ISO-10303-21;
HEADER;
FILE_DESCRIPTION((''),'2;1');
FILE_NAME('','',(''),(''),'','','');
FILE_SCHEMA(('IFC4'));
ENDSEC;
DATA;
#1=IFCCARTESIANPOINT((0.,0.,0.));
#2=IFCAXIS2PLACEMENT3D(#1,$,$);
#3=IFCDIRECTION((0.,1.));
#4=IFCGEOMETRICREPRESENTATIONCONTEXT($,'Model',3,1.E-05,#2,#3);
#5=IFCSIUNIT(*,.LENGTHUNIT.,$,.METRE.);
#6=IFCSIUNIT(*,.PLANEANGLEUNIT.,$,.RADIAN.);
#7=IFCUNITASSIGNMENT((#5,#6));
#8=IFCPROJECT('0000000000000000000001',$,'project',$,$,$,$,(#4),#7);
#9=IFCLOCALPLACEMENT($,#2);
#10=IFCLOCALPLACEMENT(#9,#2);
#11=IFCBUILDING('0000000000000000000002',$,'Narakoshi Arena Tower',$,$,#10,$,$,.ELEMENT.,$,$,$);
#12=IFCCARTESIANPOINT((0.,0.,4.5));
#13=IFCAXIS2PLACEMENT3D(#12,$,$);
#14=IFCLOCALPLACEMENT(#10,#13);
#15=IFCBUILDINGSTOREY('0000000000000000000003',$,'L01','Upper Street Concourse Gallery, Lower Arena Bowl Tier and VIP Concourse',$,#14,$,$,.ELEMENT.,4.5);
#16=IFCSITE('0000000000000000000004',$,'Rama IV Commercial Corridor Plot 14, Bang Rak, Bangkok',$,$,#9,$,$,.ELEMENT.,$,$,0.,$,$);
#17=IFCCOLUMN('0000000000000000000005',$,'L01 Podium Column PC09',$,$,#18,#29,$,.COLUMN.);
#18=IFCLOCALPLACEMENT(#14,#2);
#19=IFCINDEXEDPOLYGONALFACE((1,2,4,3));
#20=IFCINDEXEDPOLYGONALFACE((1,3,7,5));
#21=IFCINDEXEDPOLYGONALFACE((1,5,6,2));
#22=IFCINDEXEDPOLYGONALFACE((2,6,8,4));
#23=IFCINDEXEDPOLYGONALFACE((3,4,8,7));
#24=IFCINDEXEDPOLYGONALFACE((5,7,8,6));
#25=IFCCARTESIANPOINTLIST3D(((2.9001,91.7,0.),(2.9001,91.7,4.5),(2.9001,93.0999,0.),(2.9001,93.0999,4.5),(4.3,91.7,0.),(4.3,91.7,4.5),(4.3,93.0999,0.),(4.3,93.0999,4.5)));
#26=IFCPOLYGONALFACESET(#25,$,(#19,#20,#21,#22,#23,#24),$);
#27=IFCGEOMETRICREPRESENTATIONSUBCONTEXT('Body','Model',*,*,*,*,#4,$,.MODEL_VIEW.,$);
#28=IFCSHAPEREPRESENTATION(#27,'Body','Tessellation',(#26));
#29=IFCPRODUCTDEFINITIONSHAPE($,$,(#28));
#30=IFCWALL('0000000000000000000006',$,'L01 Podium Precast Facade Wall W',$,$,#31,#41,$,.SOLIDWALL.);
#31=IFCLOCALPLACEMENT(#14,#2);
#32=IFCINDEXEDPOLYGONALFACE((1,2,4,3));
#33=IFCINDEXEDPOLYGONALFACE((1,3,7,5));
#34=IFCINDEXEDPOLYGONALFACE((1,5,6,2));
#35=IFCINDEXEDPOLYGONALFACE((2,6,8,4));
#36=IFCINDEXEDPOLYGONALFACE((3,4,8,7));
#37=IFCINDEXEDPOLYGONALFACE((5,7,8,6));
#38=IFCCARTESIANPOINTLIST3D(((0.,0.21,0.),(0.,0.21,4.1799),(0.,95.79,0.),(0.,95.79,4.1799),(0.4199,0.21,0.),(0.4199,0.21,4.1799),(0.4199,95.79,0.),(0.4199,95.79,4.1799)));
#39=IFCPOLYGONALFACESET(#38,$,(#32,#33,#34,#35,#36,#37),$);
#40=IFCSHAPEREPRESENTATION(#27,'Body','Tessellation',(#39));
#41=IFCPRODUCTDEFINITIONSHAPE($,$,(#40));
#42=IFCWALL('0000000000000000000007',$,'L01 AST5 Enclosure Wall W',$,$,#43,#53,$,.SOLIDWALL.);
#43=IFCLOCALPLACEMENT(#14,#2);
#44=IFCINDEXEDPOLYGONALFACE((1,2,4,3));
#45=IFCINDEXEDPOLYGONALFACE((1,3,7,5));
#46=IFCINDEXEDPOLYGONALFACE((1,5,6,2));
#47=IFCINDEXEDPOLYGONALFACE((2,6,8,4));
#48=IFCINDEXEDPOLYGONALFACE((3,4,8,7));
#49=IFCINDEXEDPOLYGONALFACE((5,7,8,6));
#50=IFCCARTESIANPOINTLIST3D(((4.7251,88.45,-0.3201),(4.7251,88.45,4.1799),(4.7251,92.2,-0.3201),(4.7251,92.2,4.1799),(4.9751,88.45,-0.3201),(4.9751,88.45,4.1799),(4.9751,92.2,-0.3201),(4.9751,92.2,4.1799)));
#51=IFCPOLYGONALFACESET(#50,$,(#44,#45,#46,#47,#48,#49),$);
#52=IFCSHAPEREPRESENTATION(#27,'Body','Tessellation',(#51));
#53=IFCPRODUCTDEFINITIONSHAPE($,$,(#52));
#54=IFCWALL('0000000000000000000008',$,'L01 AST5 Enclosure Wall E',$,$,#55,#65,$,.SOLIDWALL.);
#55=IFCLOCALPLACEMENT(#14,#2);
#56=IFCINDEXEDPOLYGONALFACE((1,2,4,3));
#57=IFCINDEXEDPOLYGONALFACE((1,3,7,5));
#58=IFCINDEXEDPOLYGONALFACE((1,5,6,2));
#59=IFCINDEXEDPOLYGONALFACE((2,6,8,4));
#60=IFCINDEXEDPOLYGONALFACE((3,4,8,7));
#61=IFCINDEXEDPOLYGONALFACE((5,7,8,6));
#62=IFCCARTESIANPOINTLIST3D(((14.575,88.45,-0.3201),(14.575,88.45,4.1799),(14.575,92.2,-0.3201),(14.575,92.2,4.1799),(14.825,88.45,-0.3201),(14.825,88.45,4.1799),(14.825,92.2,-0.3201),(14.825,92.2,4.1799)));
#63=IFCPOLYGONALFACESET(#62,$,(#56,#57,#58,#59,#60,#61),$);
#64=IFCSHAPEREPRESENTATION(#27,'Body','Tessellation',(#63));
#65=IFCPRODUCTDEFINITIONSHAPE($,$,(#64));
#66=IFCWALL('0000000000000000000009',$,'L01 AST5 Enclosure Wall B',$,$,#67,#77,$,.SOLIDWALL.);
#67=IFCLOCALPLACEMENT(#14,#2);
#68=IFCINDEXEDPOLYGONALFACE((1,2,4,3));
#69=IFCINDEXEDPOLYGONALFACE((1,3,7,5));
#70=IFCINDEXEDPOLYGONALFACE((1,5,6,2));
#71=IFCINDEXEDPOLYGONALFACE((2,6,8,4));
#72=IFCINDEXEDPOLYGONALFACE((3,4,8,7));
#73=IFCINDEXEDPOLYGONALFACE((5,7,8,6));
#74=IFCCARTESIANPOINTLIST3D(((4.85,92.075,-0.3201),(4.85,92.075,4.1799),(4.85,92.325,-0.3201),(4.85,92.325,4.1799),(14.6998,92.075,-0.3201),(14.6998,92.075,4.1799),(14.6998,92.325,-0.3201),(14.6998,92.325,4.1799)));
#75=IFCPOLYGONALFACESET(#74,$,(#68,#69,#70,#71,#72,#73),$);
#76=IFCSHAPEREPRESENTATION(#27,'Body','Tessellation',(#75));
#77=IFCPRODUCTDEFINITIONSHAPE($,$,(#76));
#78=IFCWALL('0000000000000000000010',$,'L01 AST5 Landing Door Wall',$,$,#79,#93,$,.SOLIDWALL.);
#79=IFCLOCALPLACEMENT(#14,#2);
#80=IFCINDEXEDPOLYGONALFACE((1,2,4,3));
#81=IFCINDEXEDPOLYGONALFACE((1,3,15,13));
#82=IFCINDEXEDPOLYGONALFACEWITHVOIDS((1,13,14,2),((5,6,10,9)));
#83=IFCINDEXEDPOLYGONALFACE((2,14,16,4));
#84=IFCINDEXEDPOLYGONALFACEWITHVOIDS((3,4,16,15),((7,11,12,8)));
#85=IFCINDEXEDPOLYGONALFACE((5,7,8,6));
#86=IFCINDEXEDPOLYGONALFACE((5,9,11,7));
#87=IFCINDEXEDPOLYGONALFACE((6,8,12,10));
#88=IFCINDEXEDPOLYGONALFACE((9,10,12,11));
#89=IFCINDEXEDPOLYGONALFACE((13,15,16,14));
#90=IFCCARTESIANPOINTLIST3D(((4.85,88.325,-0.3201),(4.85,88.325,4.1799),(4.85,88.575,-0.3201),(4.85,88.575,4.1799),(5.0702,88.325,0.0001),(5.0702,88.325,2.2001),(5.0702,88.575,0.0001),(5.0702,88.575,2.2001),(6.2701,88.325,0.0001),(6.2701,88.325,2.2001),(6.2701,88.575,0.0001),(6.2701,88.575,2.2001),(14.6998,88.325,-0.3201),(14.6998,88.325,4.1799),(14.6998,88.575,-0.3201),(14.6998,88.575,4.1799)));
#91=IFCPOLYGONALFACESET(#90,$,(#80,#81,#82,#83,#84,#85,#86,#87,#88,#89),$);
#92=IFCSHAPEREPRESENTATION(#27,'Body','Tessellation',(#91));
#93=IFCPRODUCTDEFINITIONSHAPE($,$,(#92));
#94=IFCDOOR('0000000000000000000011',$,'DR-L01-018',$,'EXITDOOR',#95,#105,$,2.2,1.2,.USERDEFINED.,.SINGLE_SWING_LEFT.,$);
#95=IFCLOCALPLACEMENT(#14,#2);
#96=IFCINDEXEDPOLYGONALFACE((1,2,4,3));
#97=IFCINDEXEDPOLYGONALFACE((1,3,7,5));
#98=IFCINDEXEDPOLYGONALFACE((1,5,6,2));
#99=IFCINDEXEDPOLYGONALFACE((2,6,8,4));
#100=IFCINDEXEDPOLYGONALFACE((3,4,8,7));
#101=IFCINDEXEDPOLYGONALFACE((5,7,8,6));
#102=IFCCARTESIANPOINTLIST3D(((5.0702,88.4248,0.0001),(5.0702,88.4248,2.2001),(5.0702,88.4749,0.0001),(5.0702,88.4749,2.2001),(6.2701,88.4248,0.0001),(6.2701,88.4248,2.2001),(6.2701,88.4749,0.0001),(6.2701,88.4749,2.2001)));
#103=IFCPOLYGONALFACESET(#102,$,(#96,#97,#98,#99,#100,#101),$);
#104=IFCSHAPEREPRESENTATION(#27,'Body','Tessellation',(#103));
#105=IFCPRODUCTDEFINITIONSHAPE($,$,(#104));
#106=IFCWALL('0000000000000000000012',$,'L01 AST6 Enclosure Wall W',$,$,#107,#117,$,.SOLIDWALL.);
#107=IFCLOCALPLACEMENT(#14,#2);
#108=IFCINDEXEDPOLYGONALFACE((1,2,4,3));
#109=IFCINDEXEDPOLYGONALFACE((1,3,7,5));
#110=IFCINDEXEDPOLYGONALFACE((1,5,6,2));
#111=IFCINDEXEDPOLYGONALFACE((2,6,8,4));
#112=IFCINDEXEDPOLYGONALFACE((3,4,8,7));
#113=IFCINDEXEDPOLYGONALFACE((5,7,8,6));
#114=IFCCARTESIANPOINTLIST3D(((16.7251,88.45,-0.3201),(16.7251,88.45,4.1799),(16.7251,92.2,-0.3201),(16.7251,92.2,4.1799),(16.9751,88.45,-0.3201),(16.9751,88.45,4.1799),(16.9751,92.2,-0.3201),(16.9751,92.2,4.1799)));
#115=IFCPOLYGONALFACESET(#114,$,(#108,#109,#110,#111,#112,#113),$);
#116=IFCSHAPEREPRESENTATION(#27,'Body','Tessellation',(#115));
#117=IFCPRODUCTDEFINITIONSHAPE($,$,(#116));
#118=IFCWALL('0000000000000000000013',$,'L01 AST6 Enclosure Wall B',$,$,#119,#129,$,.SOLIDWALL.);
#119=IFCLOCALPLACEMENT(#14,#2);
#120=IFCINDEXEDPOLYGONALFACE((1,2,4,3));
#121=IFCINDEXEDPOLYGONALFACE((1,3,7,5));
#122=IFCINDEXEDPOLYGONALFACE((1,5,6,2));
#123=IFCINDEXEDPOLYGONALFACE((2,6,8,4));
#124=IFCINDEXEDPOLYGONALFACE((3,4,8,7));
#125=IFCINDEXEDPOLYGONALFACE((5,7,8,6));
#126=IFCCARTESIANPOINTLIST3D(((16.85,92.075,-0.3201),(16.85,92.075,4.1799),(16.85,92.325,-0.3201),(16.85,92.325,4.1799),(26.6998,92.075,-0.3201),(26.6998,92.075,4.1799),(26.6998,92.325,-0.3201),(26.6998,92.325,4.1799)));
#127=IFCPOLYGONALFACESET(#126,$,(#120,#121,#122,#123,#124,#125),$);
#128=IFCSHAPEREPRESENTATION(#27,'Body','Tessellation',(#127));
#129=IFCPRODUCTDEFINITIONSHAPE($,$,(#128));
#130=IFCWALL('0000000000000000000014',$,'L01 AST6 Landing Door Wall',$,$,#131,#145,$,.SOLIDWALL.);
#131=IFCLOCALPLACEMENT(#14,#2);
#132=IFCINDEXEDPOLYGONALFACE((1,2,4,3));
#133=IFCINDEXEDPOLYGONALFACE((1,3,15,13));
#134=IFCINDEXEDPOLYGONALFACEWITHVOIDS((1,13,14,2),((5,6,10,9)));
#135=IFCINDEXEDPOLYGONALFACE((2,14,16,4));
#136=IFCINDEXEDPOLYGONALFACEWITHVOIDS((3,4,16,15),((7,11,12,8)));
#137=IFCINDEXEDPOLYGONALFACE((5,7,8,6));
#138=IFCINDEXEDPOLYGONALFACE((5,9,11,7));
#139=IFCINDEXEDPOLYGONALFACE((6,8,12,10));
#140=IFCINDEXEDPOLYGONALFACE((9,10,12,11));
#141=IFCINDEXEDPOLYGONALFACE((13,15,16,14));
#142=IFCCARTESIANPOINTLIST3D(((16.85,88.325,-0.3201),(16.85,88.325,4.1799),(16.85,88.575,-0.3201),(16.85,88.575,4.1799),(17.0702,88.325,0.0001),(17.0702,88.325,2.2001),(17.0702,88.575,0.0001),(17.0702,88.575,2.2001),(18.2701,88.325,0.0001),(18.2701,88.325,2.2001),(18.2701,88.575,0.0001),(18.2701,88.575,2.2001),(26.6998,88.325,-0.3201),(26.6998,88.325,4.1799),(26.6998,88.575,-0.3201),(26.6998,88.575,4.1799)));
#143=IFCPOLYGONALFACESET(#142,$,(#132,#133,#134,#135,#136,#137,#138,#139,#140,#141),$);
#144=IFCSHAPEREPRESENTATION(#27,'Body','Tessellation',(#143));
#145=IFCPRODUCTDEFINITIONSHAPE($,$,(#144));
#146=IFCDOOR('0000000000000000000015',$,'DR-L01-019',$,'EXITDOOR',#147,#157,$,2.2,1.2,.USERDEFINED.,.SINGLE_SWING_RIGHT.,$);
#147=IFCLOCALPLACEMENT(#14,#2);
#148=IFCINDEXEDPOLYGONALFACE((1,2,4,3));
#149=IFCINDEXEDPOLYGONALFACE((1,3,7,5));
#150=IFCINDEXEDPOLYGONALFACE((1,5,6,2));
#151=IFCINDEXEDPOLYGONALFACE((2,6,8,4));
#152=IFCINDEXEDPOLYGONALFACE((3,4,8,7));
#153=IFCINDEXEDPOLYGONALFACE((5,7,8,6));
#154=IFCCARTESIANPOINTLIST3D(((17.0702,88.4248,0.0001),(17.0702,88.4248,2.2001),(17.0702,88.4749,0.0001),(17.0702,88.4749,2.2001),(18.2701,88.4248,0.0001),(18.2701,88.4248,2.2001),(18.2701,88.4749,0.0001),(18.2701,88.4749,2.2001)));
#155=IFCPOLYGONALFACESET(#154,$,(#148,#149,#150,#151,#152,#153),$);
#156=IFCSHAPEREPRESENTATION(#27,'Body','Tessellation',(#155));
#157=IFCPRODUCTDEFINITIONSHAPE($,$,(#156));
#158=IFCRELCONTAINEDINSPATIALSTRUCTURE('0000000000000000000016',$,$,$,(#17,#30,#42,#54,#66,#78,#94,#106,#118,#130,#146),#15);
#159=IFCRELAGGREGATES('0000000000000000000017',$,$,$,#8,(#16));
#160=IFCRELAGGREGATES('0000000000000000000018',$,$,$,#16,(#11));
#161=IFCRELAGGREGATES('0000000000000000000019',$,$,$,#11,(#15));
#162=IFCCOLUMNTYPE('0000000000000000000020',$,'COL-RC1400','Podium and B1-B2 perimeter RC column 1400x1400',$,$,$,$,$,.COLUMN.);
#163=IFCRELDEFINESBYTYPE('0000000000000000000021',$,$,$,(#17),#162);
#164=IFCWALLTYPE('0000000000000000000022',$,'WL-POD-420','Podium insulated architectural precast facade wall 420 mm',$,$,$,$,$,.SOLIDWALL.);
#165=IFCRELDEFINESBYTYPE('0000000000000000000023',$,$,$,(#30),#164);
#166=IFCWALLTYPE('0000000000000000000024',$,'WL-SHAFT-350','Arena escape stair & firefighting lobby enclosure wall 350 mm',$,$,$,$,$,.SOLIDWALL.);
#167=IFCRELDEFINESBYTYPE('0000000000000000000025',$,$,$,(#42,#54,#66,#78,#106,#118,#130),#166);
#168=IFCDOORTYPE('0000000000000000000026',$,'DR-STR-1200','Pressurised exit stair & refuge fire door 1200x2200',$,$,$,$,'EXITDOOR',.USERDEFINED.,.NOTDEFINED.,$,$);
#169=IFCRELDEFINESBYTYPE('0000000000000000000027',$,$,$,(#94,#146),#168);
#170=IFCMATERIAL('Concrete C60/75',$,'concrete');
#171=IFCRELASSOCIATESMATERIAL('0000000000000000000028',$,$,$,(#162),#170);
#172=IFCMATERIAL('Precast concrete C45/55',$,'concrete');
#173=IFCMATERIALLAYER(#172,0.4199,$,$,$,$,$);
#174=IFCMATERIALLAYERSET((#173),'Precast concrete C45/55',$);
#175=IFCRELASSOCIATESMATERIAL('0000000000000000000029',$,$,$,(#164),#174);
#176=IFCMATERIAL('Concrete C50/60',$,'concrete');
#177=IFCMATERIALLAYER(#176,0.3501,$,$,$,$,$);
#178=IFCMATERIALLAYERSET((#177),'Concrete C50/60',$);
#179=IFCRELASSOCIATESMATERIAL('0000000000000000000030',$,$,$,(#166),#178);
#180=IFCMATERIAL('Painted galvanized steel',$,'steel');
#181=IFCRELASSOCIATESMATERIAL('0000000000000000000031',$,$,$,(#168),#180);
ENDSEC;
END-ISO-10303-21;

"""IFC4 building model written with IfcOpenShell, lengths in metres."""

from ifc_helpers import new_model, si_unit, direction, frame, frame_2d, origin, origin_2d, place, context, subcontext, project, spatial, rectangle, extrude, material, layer, layer_set, material_profile, profile_set, type_object, element, fill, save


model = new_model("IFC4")

# Units and contexts
model_context = context("Model", 3, precision=1e-05, world=origin(), true_north=direction((0.0, 1.0)))
body_context = subcontext(model_context, "Body", "Model", "MODEL_VIEW")
ifc_project = project(units=[si_unit("LENGTHUNIT", "METRE"), si_unit("PLANEANGLEUNIT", "RADIAN")], contexts=[model_context])

# Site, building, storey
site_placement = place(None, origin())
site = spatial("IfcSite", under=ifc_project, at=site_placement, Name="Rama IV Commercial Corridor Plot 14, Bang Rak, Bangkok", CompositionType="ELEMENT", RefElevation=0.0)
building_placement = place(site_placement, origin())
building = spatial("IfcBuilding", under=site, at=building_placement, Name="Narakoshi Arena Tower", CompositionType="ELEMENT")
storey_placement = place(building_placement, frame((0.0, 0.0, 4.5)))
storey = spatial("IfcBuildingStorey", under=building, at=storey_placement, Name="L01", Description="Upper Street Concourse Gallery, Lower Arena Bowl Tier and VIP Concourse", CompositionType="ELEMENT", Elevation=4.5)

# Column
ifc_material_1 = material(Name="Concrete C60/75", Category="concrete")
ifc_material_profile = material_profile(ifc_material_1, rectangle(XDim=1.3999, YDim=1.3999, at=origin_2d()), Name="RC1400x1400")
ifc_profile_set = profile_set([ifc_material_profile], Name="Concrete C60/75")
column_type = type_object("IfcColumnType", Name="COL-RC1400", Description="Podium and B1-B2 perimeter RC column 1400x1400", PredefinedType="COLUMN", material=ifc_profile_set)
column_placement = place(storey_placement, frame((3.6001, 92.3999, 0.0), z_axis=(0.0, 0.0, 1.0), x_axis=(1.0, 0.0, 0.0)))
element("IfcColumn", 1, at=column_placement, inside=storey, type_object=column_type, Name="L01 Podium Column PC09", PredefinedType="COLUMN", context=body_context, shape_type="SweptSolid", body=[
    extrude(rectangle(XDim=1.3999, YDim=1.3999, at=origin_2d()), origin(), (0.0, 0.0, 1.0), 4.5),
])

# Walls
ifc_material_2 = material(Name="Precast concrete C45/55", Category="concrete")
ifc_layer_1 = layer(ifc_material_2, 0.4199)
ifc_layer_set_1 = layer_set([ifc_layer_1], Name="Precast concrete C45/55")
wall_type_1 = type_object("IfcWallType", Name="WL-POD-420", Description="Podium insulated architectural precast facade wall 420 mm", PredefinedType="SOLIDWALL", material=ifc_layer_set_1)
wall_1_placement = place(storey_placement, frame((0.21, 95.79, 0.0), z_axis=(0.0, 0.0, 1.0), x_axis=(0.0, -1.0, 0.0)))
element("IfcWall", 2, at=wall_1_placement, inside=storey, type_object=wall_type_1, Name="L01 Podium Precast Facade Wall W", PredefinedType="SOLIDWALL", context=body_context, shape_type="SweptSolid", body=[
    extrude(rectangle(XDim=95.5801, YDim=0.4199, at=frame_2d((47.79, 0.0))), origin(), (0.0, 0.0, 1.0), 4.1799),
])
ifc_material_3 = material(Name="Concrete C50/60", Category="concrete")
ifc_layer_2 = layer(ifc_material_3, 0.3501)
ifc_layer_set_2 = layer_set([ifc_layer_2], Name="Concrete C50/60")
wall_type_2 = type_object("IfcWallType", Name="WL-SHAFT-350", Description="Arena escape stair & firefighting lobby enclosure wall 350 mm", PredefinedType="SOLIDWALL", material=ifc_layer_set_2)
for number, where, z_axis, x_axis, name in (
    (3, (4.8501, 88.45, -0.3201), (0.0, 0.0, 1.0), (0.0, 1.0, 0.0), "L01 AST5 Enclosure Wall W"),
    (4, (14.7, 88.45, -0.3201), (0.0, 0.0, 1.0), (0.0, 1.0, 0.0), "L01 AST5 Enclosure Wall E"),
):
    element("IfcWall", number, at=place(storey_placement, frame(where, z_axis=z_axis, x_axis=x_axis)), inside=storey, type_object=wall_type_2, Name=name, PredefinedType="SOLIDWALL", context=body_context, shape_type="SweptSolid", body=[
        extrude(rectangle(XDim=3.75, YDim=0.25, at=frame_2d((1.875, 0.0))), origin(), (0.0, 0.0, 1.0), 4.5),
    ])
wall_2_placement = place(storey_placement, frame((4.8501, 92.2, -0.3201), z_axis=(0.0, 0.0, 1.0), x_axis=(1.0, 0.0, 0.0)))
element("IfcWall", 5, at=wall_2_placement, inside=storey, type_object=wall_type_2, Name="L01 AST5 Enclosure Wall B", PredefinedType="SOLIDWALL", context=body_context, shape_type="SweptSolid", body=[
    extrude(rectangle(XDim=9.8499, YDim=0.25, at=frame_2d((4.9248, 0.0))), origin(), (0.0, 0.0, 1.0), 4.5),
])

# Wall, opening, door
wall_3_placement = place(storey_placement, frame((4.8501, 88.45, -0.3201), z_axis=(0.0, 0.0, 1.0), x_axis=(1.0, 0.0, 0.0)))
wall_3 = element("IfcWall", 6, at=wall_3_placement, inside=storey, type_object=wall_type_2, Name="L01 AST5 Landing Door Wall", PredefinedType="SOLIDWALL", context=body_context, shape_type="SweptSolid", body=[
    extrude(rectangle(XDim=9.8499, YDim=0.25, at=frame_2d((4.9248, 0.0))), origin(), (0.0, 0.0, 1.0), 4.5),
])
opening_1_placement = place(wall_3_placement, frame((0.22, 0.0, 0.3201)))
opening_1 = element("IfcOpeningElement", 7, at=opening_1_placement, cuts=wall_3, PredefinedType="OPENING", context=body_context, shape_type="SweptSolid", body=[
    extrude(rectangle(XDim=1.2, YDim=2.2, at=frame_2d((0.6001, 1.1001))), frame((0.0, 0.135, 0.0), z_axis=(0.0, -1.0, 0.0), x_axis=(1.0, 0.0, 0.0)), (0.0, 0.0, 1.0), 0.27),
])
ifc_material_4 = material(Name="Painted galvanized steel", Category="steel")
door_type = type_object("IfcDoorType", Name="DR-STR-1200", Description="Pressurised exit stair & refuge fire door 1200x2200", ElementType="EXITDOOR", OperationType="NOTDEFINED", PredefinedType="USERDEFINED", material=ifc_material_4)
door_1_placement = place(opening_1_placement, origin())
door_1 = element("IfcDoor", 8, at=door_1_placement, inside=storey, type_object=door_type, Name="DR-L01-018", ObjectType="EXITDOOR", OperationType="SINGLE_SWING_LEFT", OverallHeight=2.2, OverallWidth=1.2, PredefinedType="USERDEFINED", context=body_context, shape_type="SweptSolid", body=[
    extrude(rectangle(XDim=1.2, YDim=2.2, at=frame_2d((0.6001, 1.1001))), frame((0.0, 0.0249, 0.0), z_axis=(0.0, -1.0, 0.0), x_axis=(1.0, 0.0, 0.0)), (0.0, 0.0, 1.0), 0.05),
])
fill(opening_1, door_1)

# Walls
wall_4_placement = place(storey_placement, frame((16.8501, 88.45, -0.3201), z_axis=(0.0, 0.0, 1.0), x_axis=(0.0, 1.0, 0.0)))
element("IfcWall", 9, at=wall_4_placement, inside=storey, type_object=wall_type_2, Name="L01 AST6 Enclosure Wall W", PredefinedType="SOLIDWALL", context=body_context, shape_type="SweptSolid", body=[
    extrude(rectangle(XDim=3.75, YDim=0.25, at=frame_2d((1.875, 0.0))), origin(), (0.0, 0.0, 1.0), 4.5),
])
wall_5_placement = place(storey_placement, frame((16.8501, 92.2, -0.3201), z_axis=(0.0, 0.0, 1.0), x_axis=(1.0, 0.0, 0.0)))
element("IfcWall", 10, at=wall_5_placement, inside=storey, type_object=wall_type_2, Name="L01 AST6 Enclosure Wall B", PredefinedType="SOLIDWALL", context=body_context, shape_type="SweptSolid", body=[
    extrude(rectangle(XDim=9.8499, YDim=0.25, at=frame_2d((4.9248, 0.0))), origin(), (0.0, 0.0, 1.0), 4.5),
])

# Wall, opening, door
wall_6_placement = place(storey_placement, frame((16.8501, 88.45, -0.3201), z_axis=(0.0, 0.0, 1.0), x_axis=(1.0, 0.0, 0.0)))
wall_6 = element("IfcWall", 11, at=wall_6_placement, inside=storey, type_object=wall_type_2, Name="L01 AST6 Landing Door Wall", PredefinedType="SOLIDWALL", context=body_context, shape_type="SweptSolid", body=[
    extrude(rectangle(XDim=9.8499, YDim=0.25, at=frame_2d((4.9248, 0.0))), origin(), (0.0, 0.0, 1.0), 4.5),
])
opening_2_placement = place(wall_6_placement, frame((0.22, 0.0, 0.3201)))
opening_2 = element("IfcOpeningElement", 12, at=opening_2_placement, cuts=wall_6, PredefinedType="OPENING", context=body_context, shape_type="SweptSolid", body=[
    extrude(rectangle(XDim=1.2, YDim=2.2, at=frame_2d((0.6001, 1.1001))), frame((0.0, 0.135, 0.0), z_axis=(0.0, -1.0, 0.0), x_axis=(1.0, 0.0, 0.0)), (0.0, 0.0, 1.0), 0.27),
])
door_2_placement = place(opening_2_placement, origin())
door_2 = element("IfcDoor", 13, at=door_2_placement, inside=storey, type_object=door_type, Name="DR-L01-019", ObjectType="EXITDOOR", OperationType="SINGLE_SWING_RIGHT", OverallHeight=2.2, OverallWidth=1.2, PredefinedType="USERDEFINED", context=body_context, shape_type="SweptSolid", body=[
    extrude(rectangle(XDim=1.2, YDim=2.2, at=frame_2d((0.6001, 1.1001))), frame((0.0, 0.0249, 0.0), z_axis=(0.0, -1.0, 0.0), x_axis=(1.0, 0.0, 0.0)), (0.0, 0.0, 1.0), 0.05),
])
fill(opening_2, door_2)

save(model, "model.ifc")
